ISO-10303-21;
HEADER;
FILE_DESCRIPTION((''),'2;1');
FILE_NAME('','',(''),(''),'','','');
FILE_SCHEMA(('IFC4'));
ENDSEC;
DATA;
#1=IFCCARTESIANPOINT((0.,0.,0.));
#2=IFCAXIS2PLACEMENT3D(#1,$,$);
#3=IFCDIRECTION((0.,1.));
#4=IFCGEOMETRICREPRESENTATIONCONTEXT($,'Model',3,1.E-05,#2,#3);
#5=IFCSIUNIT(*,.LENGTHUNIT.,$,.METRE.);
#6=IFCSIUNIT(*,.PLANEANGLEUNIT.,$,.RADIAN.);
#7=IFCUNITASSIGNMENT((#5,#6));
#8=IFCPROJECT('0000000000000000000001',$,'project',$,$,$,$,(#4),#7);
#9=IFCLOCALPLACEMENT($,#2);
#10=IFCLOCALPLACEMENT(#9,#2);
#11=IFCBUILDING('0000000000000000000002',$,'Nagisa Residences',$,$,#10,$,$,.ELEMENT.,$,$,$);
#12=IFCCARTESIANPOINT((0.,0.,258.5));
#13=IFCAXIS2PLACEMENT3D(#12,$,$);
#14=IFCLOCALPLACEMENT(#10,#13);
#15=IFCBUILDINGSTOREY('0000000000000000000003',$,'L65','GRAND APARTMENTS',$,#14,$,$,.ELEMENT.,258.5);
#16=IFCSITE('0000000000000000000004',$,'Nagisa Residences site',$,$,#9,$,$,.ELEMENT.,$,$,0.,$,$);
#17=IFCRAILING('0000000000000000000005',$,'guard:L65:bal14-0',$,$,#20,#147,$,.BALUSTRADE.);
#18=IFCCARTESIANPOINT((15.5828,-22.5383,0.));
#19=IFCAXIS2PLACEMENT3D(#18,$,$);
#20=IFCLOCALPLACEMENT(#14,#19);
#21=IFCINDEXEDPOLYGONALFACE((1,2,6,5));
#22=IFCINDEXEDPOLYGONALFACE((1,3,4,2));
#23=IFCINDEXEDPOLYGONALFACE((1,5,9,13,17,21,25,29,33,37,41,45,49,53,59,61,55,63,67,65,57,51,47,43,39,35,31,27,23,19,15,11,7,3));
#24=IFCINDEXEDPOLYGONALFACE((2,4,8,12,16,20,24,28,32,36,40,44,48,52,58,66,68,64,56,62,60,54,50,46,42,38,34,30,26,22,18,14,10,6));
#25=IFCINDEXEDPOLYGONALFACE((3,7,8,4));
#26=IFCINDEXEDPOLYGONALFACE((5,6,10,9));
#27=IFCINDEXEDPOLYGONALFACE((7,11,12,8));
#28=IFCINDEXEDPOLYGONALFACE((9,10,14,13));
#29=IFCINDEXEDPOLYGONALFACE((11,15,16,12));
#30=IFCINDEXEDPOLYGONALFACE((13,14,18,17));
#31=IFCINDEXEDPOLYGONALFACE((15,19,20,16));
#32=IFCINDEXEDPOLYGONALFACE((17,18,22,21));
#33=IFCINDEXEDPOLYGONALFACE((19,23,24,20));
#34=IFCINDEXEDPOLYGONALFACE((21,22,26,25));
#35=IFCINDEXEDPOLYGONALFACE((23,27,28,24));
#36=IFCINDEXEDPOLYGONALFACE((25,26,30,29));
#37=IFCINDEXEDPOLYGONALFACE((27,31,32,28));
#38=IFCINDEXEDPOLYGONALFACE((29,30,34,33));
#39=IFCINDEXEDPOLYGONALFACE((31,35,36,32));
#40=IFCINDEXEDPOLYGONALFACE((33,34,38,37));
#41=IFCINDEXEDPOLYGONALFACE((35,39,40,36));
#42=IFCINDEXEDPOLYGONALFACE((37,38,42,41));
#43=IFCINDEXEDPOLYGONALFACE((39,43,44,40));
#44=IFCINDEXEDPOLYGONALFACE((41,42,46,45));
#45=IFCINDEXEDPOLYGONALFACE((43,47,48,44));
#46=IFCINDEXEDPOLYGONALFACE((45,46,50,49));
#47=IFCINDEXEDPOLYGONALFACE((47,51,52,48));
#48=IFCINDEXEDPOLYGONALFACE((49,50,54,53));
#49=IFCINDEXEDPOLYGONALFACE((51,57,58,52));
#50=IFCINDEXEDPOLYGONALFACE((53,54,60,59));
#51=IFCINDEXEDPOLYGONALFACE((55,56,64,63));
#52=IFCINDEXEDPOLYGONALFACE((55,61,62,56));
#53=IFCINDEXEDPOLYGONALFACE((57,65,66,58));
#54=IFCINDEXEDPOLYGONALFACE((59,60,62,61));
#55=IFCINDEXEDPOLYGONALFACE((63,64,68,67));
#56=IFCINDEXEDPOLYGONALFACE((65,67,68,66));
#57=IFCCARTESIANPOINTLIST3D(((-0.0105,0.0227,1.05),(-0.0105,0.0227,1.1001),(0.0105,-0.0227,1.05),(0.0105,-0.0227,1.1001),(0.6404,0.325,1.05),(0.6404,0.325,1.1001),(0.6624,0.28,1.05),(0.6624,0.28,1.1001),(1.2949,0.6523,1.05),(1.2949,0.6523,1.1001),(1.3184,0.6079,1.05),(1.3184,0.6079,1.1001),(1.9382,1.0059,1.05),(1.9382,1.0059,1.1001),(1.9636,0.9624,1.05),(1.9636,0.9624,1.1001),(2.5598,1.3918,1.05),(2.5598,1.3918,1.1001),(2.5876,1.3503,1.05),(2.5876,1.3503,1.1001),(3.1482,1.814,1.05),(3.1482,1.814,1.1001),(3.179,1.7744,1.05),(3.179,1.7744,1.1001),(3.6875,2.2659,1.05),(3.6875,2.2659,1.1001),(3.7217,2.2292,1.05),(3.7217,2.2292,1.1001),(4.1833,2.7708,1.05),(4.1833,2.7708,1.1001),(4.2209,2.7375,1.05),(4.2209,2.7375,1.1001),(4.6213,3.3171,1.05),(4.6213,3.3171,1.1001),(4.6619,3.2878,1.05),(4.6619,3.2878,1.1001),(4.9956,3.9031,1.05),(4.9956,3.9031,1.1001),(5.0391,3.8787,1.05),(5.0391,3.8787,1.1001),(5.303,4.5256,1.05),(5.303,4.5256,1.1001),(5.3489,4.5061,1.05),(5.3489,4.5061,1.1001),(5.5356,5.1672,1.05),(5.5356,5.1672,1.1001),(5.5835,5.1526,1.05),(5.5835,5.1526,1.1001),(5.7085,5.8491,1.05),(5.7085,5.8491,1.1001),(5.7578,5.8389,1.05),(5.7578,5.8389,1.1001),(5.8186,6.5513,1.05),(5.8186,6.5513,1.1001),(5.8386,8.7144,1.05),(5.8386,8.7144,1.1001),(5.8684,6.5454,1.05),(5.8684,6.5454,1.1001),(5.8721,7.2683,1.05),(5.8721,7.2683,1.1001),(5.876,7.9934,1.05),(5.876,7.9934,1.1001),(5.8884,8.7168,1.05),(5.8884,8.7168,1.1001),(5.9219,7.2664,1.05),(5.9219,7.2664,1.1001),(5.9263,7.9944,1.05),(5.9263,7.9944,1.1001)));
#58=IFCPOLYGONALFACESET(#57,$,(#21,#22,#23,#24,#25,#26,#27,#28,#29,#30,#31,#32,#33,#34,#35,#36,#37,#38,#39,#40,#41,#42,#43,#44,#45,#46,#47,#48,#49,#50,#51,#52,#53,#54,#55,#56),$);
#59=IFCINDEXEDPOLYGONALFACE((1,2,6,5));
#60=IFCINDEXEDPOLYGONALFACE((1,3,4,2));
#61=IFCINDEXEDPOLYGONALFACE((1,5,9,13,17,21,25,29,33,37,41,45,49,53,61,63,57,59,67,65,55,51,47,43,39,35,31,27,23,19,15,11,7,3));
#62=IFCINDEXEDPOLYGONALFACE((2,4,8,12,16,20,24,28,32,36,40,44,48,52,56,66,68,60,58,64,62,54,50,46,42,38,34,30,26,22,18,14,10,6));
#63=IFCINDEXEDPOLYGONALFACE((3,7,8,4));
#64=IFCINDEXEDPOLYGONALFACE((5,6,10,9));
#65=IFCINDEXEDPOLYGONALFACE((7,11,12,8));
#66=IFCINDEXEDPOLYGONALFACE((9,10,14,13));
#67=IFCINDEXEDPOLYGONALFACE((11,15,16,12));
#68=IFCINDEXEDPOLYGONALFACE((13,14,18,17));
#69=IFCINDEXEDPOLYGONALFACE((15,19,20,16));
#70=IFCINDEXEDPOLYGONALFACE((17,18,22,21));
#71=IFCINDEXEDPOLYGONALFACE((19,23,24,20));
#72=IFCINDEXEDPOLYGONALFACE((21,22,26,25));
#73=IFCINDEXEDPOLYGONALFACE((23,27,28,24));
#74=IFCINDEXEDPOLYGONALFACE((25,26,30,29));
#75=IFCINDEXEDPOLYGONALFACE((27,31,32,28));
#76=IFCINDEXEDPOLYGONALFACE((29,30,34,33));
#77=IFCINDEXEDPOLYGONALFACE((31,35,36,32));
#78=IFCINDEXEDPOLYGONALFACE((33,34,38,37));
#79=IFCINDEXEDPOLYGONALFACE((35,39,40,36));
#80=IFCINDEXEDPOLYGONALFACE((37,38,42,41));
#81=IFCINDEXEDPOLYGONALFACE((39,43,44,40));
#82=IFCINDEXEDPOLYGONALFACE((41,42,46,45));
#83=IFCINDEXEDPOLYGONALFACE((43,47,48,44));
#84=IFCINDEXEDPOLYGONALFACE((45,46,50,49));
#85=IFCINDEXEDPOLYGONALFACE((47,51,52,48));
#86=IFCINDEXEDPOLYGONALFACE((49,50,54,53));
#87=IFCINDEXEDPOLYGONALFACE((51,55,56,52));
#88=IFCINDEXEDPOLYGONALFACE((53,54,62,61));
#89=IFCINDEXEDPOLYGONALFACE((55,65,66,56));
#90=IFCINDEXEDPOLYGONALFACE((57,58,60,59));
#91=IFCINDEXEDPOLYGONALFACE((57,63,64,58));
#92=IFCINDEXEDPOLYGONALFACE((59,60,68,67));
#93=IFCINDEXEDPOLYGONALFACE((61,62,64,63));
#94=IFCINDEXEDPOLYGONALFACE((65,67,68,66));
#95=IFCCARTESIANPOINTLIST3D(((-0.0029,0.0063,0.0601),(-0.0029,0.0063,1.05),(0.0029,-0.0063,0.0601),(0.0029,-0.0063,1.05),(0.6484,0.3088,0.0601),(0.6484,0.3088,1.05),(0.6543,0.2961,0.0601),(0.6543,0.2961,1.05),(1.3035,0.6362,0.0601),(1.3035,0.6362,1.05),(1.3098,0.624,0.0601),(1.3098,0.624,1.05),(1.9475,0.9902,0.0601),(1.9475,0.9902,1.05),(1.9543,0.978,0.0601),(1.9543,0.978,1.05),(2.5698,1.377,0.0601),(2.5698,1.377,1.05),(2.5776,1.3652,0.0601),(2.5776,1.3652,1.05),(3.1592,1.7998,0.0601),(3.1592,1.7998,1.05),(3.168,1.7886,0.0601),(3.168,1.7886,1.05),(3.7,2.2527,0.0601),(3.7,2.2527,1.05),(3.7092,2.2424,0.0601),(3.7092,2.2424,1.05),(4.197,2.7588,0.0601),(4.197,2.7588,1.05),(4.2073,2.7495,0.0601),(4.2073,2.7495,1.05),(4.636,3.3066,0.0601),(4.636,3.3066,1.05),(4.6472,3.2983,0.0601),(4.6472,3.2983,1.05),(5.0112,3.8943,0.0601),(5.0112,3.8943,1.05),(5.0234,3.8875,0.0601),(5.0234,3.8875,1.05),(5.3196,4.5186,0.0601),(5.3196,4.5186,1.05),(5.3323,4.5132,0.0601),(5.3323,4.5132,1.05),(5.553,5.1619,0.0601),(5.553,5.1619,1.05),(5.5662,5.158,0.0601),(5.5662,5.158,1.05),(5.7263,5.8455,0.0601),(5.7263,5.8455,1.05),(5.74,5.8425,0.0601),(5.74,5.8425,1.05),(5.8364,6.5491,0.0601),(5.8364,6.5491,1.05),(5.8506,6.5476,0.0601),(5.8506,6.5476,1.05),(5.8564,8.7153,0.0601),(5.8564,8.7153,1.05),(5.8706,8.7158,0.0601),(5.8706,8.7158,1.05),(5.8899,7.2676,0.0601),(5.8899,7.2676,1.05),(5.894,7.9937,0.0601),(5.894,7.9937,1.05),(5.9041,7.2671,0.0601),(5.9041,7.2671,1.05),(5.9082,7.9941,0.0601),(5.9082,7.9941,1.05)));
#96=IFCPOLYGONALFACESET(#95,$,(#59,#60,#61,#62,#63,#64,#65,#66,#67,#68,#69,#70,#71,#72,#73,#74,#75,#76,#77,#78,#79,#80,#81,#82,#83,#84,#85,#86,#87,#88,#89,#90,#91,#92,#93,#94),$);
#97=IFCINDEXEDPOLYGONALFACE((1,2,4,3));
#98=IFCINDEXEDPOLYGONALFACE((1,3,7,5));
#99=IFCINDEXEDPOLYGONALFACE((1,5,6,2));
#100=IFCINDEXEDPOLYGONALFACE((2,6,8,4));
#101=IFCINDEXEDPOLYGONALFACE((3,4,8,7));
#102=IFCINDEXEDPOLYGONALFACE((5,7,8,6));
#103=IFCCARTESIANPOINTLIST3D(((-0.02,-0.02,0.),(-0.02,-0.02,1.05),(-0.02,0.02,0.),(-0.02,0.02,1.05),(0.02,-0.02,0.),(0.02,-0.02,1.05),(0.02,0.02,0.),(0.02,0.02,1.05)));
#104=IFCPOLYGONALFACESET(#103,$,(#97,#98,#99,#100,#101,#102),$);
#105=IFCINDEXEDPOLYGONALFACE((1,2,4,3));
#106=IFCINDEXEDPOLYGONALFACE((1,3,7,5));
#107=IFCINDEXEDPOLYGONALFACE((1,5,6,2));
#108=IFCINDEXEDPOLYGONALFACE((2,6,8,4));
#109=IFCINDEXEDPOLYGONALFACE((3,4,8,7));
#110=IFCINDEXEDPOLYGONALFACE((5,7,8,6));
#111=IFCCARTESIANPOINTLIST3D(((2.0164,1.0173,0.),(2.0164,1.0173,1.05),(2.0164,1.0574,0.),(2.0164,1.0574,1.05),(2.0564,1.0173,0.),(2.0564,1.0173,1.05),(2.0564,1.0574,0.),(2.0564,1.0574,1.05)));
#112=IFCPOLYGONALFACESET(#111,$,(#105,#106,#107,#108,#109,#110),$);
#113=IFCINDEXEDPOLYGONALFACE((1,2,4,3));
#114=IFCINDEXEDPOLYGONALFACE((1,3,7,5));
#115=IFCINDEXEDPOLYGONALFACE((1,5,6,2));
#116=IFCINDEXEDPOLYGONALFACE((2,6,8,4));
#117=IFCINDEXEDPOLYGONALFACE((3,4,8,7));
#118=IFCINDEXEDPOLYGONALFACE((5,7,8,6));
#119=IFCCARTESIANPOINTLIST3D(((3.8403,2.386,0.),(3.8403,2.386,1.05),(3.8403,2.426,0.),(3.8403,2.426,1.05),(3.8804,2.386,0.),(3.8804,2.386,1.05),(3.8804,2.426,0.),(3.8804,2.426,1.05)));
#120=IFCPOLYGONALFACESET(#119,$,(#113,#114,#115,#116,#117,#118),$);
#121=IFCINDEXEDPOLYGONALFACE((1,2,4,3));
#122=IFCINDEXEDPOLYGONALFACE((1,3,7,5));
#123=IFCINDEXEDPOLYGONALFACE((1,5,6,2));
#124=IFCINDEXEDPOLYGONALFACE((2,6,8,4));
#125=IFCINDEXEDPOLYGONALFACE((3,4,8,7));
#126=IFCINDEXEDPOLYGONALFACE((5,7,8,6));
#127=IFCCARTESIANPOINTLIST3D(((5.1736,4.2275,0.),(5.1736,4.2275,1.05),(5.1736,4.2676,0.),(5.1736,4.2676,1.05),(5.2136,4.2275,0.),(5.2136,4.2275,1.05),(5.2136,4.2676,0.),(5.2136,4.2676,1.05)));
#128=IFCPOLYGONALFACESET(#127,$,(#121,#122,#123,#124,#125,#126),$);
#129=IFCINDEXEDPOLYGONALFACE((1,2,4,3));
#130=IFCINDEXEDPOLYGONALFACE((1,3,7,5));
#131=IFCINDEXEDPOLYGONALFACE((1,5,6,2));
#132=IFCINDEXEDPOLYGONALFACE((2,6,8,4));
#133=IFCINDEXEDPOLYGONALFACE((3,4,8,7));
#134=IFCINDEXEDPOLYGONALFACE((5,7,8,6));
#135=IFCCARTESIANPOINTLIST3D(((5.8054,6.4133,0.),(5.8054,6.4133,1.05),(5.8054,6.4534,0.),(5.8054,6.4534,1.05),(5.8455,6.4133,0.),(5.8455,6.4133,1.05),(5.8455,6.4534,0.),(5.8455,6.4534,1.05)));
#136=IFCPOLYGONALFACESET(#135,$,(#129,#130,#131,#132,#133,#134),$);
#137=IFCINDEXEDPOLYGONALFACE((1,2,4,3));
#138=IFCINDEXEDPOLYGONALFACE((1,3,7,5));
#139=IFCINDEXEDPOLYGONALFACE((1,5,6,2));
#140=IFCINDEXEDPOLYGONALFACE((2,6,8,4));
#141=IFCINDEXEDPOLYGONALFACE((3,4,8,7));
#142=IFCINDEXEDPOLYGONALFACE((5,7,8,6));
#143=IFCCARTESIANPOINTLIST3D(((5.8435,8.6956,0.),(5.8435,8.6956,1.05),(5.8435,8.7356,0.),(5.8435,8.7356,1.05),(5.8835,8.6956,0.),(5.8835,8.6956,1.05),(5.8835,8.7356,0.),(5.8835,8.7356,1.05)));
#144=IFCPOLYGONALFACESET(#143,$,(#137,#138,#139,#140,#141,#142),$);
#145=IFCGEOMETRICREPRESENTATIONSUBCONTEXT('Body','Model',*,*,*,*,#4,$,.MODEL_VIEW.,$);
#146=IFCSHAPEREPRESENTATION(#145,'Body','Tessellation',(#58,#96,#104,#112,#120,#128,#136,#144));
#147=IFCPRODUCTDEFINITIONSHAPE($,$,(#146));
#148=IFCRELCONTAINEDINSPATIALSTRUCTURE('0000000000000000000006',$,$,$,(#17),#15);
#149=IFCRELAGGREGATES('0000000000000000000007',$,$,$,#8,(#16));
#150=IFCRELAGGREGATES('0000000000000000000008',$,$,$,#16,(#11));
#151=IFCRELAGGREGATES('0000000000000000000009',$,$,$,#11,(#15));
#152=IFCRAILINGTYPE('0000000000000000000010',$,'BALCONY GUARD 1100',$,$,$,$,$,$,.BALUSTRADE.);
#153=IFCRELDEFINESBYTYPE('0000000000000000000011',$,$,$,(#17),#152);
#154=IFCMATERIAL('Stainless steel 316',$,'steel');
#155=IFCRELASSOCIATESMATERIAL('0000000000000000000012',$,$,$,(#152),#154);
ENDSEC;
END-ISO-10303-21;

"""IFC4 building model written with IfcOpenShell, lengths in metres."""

from ifc_helpers import new_model, si_unit, direction, frame, origin, origin_2d, place, context, subcontext, project, spatial, polyline, rectangle, outline, extrude, material, type_object, element, save


model = new_model("IFC4")

# Units and contexts
model_context = context("Model", 3, precision=1e-05, world=origin(), true_north=direction((0.0, 1.0)))
body_context = subcontext(model_context, "Body", "Model", "MODEL_VIEW")
ifc_project = project(units=[si_unit("LENGTHUNIT", "METRE"), si_unit("PLANEANGLEUNIT", "RADIAN")], contexts=[model_context])

# Site, building, storey
site_placement = place(None, origin())
site = spatial("IfcSite", under=ifc_project, at=site_placement, Name="Nagisa Residences site", CompositionType="ELEMENT", RefElevation=0.0)
building_placement = place(site_placement, origin())
building = spatial("IfcBuilding", under=site, at=building_placement, Name="Nagisa Residences", CompositionType="ELEMENT")
storey_placement = place(building_placement, frame((0.0, 0.0, 258.5)))
storey = spatial("IfcBuildingStorey", under=building, at=storey_placement, Name="L65", Description="GRAND APARTMENTS", CompositionType="ELEMENT", Elevation=258.5)

# Railing
ifc_material_1 = material(Name="Stainless steel 316", Category="steel")
railing_type = type_object("IfcRailingType", Name="BALCONY GUARD 1100", PredefinedType="BALUSTRADE", material=ifc_material_1)
railing_1_placement = place(storey_placement, frame((15.5828, -22.5383, 0.0)))
element("IfcRailing", 1, at=railing_1_placement, inside=storey, type_object=railing_type, Name="guard:L65:bal14-0", PredefinedType="BALUSTRADE", context=body_context, shape_type="SweptSolid", body=[
    extrude(outline(polyline([(0.6404, 0.325), (-0.0105, 0.0227), (0.0105, -0.0227), (0.6624, 0.28), (1.3184, 0.6079), (1.9636, 0.9624), (2.5876, 1.3503), (3.179, 1.7744), (3.7217, 2.2292), (4.2209, 2.7375), (4.6619, 3.2878), (5.0391, 3.8787), (5.3489, 4.5061), (5.5835, 5.1526), (5.7578, 5.8389), (5.8684, 6.5454), (5.9219, 7.2664), (5.9263, 7.9944), (5.8884, 8.7168), (5.8386, 8.7144), (5.876, 7.9934), (5.8721, 7.2683), (5.8186, 6.5513), (5.7085, 5.8491), (5.5356, 5.1672), (5.303, 4.5256), (4.9956, 3.9031), (4.6213, 3.3171), (4.1833, 2.7708), (3.6875, 2.2659), (3.1482, 1.814), (2.5598, 1.3918), (1.9382, 1.0059), (1.2949, 0.6523), (0.6404, 0.325)])), frame((0.0, 0.0, 1.05)), (0.0, 0.0, 1.0), 0.05),
    extrude(outline(polyline([(0.6484, 0.3088), (-0.0029, 0.0063), (0.0029, -0.0063), (0.6543, 0.2961), (1.3098, 0.624), (1.9543, 0.978), (2.5776, 1.3652), (3.168, 1.7886), (3.7092, 2.2424), (4.2073, 2.7495), (4.6472, 3.2983), (5.0234, 3.8875), (5.3323, 4.5132), (5.5662, 5.158), (5.74, 5.8425), (5.8506, 6.5476), (5.9041, 7.2671), (5.9082, 7.9941), (5.8706, 8.7158), (5.8564, 8.7153), (5.894, 7.9937), (5.8899, 7.2676), (5.8364, 6.5491), (5.7263, 5.8455), (5.553, 5.1619), (5.3196, 4.5186), (5.0112, 3.8943), (4.636, 3.3066), (4.197, 2.7588), (3.7, 2.2527), (3.1592, 1.7998), (2.5698, 1.377), (1.9475, 0.9902), (1.3035, 0.6362), (0.6484, 0.3088)])), frame((0.0, 0.0, 0.0601)), (0.0, 0.0, 1.0), 0.99),
    extrude(rectangle(XDim=0.04, YDim=0.04, at=origin_2d()), origin(), (0.0, 0.0, 1.0), 1.05),
    extrude(rectangle(XDim=0.04, YDim=0.04, at=origin_2d()), frame((2.0364, 1.0374, 0.0)), (0.0, 0.0, 1.0), 1.05),
    extrude(rectangle(XDim=0.04, YDim=0.04, at=origin_2d()), frame((3.8604, 2.406, 0.0)), (0.0, 0.0, 1.0), 1.05),
    extrude(rectangle(XDim=0.04, YDim=0.04, at=origin_2d()), frame((5.1936, 4.2476, 0.0)), (0.0, 0.0, 1.0), 1.05),
    extrude(rectangle(XDim=0.04, YDim=0.04, at=origin_2d()), frame((5.8254, 6.4333, 0.0)), (0.0, 0.0, 1.0), 1.05),
    extrude(rectangle(XDim=0.04, YDim=0.04, at=origin_2d()), frame((5.8635, 8.7156, 0.0)), (0.0, 0.0, 1.0), 1.05),
])

save(model, "model.ifc")
